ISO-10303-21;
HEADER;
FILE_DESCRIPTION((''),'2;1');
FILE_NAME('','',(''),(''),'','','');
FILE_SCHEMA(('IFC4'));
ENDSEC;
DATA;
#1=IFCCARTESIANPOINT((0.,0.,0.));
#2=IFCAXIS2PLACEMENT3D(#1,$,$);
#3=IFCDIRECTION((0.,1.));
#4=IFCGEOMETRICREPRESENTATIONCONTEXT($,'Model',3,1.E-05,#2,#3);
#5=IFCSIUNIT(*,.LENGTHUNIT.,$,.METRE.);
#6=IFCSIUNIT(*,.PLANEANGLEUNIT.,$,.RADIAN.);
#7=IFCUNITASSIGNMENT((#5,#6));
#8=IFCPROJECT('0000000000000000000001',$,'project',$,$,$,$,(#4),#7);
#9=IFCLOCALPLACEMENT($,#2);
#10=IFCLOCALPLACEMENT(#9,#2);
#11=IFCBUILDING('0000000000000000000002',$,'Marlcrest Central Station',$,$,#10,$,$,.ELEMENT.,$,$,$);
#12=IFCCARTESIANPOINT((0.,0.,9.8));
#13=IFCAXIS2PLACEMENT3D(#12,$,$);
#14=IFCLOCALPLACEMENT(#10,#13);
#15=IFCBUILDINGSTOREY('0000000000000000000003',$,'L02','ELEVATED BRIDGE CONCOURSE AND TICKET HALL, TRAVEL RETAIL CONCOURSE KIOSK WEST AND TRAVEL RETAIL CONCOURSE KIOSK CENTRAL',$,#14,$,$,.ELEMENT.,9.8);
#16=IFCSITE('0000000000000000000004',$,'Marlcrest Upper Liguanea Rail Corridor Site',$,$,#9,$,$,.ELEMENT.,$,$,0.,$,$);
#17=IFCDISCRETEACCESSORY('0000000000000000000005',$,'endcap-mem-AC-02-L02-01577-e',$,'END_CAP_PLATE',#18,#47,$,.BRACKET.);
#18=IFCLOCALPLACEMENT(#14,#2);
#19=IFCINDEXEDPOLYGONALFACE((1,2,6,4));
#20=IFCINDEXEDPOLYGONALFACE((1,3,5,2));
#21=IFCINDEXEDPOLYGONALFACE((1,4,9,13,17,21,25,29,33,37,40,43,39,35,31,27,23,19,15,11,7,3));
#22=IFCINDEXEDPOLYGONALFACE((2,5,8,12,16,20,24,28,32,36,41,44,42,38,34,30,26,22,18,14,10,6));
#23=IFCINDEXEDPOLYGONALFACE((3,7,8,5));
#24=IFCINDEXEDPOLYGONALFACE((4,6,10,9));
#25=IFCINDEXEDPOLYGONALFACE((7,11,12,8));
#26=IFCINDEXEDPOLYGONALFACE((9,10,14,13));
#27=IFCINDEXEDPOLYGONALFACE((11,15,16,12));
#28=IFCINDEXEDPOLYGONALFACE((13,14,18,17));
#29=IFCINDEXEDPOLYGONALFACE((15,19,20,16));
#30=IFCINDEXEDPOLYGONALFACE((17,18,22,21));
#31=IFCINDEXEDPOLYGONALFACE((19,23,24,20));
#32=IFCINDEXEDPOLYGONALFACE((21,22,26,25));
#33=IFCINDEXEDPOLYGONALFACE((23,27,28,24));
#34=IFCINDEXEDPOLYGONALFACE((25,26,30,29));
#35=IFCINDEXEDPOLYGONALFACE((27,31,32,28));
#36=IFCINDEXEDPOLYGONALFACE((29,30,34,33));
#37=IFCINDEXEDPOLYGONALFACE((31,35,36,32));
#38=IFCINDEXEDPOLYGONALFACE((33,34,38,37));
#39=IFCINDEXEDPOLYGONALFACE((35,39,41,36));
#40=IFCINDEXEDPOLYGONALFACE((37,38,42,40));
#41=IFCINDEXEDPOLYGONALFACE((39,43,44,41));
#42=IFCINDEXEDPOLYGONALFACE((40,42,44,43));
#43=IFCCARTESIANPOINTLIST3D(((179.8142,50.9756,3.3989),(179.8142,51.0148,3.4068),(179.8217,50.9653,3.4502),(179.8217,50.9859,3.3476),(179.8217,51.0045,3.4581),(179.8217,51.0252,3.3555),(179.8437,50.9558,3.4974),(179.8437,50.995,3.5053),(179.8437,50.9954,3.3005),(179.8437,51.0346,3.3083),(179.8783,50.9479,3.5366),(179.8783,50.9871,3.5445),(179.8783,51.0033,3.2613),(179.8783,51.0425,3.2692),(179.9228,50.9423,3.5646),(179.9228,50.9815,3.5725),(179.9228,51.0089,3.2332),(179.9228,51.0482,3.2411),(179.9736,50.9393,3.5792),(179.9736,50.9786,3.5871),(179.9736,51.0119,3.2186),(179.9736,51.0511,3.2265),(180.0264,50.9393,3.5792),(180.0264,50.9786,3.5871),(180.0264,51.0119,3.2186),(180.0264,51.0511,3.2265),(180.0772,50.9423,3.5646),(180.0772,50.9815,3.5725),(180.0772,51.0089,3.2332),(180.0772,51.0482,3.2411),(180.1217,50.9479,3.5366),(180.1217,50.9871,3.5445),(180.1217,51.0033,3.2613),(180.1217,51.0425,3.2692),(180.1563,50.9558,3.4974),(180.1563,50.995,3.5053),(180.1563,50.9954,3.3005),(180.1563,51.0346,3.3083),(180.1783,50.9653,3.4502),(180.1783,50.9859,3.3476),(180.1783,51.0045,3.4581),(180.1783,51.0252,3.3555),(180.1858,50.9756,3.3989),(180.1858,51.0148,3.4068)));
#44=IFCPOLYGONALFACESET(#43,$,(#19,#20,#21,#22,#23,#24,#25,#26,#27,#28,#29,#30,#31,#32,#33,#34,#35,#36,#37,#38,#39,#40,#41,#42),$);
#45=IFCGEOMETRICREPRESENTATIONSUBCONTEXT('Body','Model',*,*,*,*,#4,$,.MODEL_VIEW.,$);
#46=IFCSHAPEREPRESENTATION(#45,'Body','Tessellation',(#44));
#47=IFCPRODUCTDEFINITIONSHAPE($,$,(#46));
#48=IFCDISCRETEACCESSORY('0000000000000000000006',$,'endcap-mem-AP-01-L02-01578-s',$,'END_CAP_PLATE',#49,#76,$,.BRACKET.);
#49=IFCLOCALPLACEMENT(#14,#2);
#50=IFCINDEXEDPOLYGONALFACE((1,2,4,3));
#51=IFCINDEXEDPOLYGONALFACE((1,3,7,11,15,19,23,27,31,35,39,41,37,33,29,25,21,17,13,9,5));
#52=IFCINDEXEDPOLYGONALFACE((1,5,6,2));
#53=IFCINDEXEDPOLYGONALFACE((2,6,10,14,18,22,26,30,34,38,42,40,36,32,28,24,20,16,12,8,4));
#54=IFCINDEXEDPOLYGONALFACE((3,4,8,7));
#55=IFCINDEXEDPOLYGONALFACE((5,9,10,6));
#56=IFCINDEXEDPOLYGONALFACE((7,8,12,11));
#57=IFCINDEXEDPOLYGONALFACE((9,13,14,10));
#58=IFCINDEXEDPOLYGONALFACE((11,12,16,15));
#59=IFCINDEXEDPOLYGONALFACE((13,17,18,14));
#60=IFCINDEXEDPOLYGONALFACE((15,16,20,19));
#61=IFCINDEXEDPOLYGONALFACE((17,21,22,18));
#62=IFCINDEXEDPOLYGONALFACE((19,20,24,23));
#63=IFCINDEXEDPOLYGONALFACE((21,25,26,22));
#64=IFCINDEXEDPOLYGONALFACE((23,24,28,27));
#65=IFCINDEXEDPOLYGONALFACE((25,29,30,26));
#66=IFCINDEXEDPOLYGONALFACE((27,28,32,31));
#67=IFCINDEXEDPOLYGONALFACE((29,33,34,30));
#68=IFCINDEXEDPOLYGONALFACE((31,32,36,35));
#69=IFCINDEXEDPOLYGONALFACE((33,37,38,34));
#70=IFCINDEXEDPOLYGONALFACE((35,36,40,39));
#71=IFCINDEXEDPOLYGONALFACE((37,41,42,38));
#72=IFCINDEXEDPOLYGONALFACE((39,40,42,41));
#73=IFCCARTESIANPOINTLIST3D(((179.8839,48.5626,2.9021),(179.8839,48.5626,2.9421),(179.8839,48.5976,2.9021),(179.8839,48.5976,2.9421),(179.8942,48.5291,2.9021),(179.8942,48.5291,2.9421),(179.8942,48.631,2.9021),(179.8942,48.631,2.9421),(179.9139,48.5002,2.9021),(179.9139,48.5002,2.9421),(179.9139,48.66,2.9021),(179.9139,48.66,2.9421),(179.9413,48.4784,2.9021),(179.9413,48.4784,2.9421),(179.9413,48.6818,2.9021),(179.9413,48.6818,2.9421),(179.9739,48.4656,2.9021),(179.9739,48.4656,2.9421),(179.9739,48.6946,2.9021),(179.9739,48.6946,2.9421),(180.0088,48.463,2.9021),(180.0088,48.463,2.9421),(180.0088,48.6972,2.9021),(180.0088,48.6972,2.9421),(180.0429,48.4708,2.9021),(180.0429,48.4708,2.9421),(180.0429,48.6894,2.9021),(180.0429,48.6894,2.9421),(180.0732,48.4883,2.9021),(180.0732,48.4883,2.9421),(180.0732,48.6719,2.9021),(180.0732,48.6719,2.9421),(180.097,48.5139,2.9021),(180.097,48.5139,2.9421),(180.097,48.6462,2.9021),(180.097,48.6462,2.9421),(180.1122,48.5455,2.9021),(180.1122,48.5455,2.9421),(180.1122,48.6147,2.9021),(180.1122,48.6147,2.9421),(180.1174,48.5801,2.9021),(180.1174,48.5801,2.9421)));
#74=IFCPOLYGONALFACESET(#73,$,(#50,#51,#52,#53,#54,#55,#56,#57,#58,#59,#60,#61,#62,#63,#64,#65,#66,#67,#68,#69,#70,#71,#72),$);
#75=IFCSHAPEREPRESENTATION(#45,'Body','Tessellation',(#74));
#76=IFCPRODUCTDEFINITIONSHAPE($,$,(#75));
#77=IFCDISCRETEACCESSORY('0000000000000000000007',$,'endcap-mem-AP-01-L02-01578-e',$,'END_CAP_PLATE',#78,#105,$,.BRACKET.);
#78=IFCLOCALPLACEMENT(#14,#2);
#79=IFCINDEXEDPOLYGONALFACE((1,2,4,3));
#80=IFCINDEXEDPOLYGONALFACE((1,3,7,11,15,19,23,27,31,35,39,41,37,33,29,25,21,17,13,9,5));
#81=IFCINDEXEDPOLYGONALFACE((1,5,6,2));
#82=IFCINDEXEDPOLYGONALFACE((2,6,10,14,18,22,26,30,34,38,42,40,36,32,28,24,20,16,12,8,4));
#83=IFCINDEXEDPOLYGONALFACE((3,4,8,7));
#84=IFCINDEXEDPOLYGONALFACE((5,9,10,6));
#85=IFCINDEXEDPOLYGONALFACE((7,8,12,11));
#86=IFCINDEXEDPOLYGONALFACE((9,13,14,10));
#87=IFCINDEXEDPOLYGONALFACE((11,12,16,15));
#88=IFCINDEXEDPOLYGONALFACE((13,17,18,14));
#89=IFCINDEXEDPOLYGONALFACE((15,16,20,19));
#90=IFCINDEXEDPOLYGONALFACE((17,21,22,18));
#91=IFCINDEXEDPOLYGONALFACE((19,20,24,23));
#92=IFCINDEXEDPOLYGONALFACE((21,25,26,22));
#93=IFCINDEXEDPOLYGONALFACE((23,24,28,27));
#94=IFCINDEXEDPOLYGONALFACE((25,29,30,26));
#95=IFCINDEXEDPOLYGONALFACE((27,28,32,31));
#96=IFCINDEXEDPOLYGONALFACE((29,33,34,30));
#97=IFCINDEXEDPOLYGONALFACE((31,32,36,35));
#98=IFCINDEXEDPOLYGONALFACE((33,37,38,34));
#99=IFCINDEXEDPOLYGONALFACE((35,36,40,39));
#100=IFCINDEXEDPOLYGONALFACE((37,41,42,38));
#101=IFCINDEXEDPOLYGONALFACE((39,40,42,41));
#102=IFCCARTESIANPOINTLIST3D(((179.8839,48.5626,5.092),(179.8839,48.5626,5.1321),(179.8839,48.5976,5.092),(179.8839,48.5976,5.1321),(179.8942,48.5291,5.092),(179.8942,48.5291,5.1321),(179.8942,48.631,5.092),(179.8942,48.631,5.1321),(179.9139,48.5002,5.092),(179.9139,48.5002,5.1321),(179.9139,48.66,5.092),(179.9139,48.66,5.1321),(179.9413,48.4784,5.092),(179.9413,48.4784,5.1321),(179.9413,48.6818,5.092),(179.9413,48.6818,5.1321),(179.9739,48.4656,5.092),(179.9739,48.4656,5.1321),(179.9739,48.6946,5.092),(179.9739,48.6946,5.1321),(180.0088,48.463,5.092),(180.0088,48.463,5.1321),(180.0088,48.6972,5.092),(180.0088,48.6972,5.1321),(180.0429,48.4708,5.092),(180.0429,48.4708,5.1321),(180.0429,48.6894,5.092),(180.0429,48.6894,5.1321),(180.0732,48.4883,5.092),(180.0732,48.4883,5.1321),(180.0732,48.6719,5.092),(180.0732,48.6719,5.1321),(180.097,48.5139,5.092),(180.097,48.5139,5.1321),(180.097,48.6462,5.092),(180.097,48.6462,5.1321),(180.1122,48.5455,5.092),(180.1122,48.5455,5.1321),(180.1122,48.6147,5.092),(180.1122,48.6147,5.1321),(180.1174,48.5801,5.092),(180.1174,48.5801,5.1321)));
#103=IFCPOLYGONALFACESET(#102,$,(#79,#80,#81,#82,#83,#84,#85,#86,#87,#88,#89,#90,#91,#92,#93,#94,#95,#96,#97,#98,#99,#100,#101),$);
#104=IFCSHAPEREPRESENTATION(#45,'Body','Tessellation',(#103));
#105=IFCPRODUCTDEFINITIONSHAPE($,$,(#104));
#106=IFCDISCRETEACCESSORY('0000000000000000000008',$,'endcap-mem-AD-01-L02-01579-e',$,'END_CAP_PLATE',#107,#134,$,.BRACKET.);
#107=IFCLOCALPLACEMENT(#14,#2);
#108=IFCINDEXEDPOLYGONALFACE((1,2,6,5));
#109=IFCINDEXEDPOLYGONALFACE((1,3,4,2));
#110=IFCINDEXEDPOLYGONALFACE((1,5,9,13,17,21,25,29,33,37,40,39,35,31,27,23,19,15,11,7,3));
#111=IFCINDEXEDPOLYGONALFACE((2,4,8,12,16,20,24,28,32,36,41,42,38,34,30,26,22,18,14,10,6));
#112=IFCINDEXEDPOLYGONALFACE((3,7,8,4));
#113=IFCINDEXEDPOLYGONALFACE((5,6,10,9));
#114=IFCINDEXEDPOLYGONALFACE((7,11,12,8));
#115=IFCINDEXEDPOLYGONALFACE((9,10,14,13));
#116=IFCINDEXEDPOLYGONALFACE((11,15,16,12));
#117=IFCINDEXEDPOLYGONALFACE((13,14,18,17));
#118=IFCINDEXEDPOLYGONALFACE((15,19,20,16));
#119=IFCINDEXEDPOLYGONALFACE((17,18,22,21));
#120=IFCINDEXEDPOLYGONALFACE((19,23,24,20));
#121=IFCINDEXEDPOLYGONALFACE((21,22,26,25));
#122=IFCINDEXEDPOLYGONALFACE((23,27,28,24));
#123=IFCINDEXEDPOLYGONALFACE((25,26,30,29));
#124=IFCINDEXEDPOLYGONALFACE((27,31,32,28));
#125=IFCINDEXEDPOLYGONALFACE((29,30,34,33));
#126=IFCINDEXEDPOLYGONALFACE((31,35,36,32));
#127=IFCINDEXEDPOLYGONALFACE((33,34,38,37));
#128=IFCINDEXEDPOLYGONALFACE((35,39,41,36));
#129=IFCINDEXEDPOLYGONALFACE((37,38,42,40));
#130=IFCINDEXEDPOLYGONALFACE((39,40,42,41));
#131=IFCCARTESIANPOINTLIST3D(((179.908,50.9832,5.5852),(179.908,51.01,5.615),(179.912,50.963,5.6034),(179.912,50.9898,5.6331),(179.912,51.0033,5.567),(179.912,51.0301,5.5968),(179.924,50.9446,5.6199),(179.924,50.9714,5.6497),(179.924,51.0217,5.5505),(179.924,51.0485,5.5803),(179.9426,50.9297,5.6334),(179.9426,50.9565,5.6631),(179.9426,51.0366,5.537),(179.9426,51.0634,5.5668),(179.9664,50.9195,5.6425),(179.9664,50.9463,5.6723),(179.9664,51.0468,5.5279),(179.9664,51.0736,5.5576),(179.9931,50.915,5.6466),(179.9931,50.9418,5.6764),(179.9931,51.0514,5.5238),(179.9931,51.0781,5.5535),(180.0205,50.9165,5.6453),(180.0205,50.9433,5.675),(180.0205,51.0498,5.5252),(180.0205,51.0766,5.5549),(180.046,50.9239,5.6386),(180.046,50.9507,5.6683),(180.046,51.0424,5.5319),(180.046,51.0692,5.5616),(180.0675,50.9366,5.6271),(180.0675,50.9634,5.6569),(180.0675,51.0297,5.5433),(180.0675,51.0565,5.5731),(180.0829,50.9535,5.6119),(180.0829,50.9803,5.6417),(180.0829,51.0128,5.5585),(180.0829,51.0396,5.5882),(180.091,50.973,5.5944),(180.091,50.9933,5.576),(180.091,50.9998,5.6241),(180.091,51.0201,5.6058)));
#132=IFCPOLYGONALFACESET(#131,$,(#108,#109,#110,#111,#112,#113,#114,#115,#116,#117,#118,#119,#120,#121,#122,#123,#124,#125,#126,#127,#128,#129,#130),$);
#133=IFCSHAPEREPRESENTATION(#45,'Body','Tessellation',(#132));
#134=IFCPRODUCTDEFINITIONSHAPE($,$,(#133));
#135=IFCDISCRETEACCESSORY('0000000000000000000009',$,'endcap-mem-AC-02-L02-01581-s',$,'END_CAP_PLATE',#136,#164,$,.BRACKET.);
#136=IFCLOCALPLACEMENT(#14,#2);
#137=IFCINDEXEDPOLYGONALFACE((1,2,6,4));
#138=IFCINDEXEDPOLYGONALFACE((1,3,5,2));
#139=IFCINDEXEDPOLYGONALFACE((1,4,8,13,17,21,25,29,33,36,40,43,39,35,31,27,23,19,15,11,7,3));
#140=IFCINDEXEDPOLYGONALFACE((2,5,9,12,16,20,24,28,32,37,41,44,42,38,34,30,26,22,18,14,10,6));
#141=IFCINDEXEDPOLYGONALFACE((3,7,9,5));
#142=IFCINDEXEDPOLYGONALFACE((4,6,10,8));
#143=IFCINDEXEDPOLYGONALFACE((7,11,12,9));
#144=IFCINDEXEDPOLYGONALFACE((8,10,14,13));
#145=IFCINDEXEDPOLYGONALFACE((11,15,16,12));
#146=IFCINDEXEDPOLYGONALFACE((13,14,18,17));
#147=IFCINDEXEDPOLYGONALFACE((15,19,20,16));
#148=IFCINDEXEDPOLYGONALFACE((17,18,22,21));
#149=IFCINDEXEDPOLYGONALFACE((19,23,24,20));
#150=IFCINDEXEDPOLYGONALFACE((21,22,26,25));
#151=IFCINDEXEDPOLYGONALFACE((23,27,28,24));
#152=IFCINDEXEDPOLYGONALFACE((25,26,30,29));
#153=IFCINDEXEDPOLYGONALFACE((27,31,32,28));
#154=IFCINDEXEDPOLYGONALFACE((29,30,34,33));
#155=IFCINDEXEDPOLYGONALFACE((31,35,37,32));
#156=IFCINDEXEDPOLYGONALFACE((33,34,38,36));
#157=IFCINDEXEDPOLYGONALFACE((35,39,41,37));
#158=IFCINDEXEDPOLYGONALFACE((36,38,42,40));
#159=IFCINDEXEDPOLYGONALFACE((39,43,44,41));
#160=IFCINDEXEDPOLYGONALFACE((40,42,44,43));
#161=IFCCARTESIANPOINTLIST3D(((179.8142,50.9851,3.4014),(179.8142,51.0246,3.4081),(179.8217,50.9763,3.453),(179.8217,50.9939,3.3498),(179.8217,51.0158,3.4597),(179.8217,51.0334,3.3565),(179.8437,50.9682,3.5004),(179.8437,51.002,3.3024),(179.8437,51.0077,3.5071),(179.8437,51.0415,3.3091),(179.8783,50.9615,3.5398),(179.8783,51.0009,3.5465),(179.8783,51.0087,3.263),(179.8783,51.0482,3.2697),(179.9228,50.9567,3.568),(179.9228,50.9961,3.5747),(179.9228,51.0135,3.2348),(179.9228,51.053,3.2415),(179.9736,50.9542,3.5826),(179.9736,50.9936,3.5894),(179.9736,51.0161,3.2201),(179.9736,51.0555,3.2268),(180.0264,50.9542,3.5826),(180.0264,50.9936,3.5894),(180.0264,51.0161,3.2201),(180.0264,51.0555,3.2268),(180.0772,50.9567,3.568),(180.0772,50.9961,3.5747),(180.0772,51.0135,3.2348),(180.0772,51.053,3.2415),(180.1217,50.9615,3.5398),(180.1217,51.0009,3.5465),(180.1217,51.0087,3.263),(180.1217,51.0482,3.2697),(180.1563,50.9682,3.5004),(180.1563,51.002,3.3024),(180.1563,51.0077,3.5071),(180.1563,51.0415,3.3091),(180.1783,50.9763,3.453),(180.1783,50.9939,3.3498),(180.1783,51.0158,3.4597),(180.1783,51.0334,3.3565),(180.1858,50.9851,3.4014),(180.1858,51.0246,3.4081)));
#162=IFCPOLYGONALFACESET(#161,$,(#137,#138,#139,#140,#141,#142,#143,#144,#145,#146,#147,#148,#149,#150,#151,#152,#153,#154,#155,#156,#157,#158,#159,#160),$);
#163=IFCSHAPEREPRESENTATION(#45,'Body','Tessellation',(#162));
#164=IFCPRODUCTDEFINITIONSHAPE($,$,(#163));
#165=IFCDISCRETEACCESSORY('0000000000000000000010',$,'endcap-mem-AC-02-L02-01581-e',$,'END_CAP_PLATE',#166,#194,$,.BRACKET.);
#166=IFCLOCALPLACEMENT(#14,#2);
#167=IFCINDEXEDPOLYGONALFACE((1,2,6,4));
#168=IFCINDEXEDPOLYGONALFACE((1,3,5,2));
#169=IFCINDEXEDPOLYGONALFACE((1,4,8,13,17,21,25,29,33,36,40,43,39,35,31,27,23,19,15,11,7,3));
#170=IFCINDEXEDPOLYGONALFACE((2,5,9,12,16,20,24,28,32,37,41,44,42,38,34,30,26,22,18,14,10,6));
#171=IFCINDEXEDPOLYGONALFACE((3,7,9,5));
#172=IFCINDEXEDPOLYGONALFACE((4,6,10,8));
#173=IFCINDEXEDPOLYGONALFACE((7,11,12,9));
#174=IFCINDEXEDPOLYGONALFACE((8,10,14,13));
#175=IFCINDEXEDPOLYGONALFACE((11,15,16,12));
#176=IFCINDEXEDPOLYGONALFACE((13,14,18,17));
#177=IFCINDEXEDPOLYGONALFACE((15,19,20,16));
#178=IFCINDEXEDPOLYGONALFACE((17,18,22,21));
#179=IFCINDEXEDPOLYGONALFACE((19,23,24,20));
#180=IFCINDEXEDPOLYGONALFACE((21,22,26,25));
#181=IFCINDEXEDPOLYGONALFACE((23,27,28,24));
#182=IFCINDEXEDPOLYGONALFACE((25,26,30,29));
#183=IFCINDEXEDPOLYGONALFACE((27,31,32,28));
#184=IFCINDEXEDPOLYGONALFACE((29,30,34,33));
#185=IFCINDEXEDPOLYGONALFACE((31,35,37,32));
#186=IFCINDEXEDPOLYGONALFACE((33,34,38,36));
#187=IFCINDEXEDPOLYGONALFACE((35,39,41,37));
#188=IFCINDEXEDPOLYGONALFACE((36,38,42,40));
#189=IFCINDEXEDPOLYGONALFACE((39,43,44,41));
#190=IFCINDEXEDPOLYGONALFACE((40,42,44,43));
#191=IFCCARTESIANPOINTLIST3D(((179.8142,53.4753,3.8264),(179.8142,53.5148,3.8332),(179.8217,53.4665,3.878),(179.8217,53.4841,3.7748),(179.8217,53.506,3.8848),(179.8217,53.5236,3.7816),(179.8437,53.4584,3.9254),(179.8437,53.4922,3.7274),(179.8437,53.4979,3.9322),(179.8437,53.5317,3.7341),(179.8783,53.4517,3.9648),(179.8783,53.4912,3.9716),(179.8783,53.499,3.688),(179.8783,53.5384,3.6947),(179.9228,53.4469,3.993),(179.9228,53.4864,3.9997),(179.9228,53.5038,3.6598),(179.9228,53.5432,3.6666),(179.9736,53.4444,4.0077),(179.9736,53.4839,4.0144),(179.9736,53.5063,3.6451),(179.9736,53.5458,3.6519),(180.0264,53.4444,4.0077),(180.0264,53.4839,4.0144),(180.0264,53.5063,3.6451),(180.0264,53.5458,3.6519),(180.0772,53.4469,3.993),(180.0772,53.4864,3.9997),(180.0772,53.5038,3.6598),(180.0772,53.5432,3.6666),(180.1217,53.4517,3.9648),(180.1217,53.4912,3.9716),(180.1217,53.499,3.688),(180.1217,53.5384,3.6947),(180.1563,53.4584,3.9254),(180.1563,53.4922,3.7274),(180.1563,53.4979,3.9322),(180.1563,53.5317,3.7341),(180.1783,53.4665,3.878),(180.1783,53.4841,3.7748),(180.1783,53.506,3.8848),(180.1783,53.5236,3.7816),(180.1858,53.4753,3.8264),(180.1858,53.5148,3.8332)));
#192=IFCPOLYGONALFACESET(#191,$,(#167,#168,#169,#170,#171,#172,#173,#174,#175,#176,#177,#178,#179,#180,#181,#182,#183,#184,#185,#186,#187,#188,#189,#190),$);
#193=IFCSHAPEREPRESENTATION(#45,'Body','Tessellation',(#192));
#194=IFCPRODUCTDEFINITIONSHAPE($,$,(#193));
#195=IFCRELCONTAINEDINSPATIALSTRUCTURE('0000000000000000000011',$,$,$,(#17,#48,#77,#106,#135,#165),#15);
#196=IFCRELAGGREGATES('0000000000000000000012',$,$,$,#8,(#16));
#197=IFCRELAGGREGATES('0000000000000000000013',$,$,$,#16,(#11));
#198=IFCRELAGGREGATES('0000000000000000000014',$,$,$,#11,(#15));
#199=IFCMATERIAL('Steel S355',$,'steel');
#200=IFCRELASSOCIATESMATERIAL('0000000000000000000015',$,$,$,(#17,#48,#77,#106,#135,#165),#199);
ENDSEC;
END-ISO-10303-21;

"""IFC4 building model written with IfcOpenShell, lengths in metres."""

from ifc_helpers import new_model, si_unit, direction, frame, origin, origin_2d, place, context, subcontext, project, spatial, circle, extrude, material, element, save


model = new_model("IFC4")

# Units and contexts
model_context = context("Model", 3, precision=1e-05, world=origin(), true_north=direction((0.0, 1.0)))
body_context = subcontext(model_context, "Body", "Model", "MODEL_VIEW")
ifc_project = project(units=[si_unit("LENGTHUNIT", "METRE"), si_unit("PLANEANGLEUNIT", "RADIAN")], contexts=[model_context])

# Site, building, storey
site_placement = place(None, origin())
site = spatial("IfcSite", under=ifc_project, at=site_placement, Name="Marlcrest Upper Liguanea Rail Corridor Site", CompositionType="ELEMENT", RefElevation=0.0)
building_placement = place(site_placement, origin())
building = spatial("IfcBuilding", under=site, at=building_placement, Name="Marlcrest Central Station", CompositionType="ELEMENT")
storey_placement = place(building_placement, frame((0.0, 0.0, 9.8)))
storey = spatial("IfcBuildingStorey", under=building, at=storey_placement, Name="L02", Description="ELEVATED BRIDGE CONCOURSE AND TICKET HALL, TRAVEL RETAIL CONCOURSE KIOSK WEST AND TRAVEL RETAIL CONCOURSE KIOSK CENTRAL", CompositionType="ELEMENT", Elevation=9.8)

# Shared definitions
ifc_material = material(Name="Steel S355", Category="steel")

# Discrete accessories
discrete_accessory_1_placement = place(storey_placement, frame((180.0, 50.9756, 3.3989), z_axis=(0.0, 0.980359, 0.197219), x_axis=(-1.0, 0.0, 0.0)))
element("IfcDiscreteAccessory", 1, at=discrete_accessory_1_placement, inside=storey, material=ifc_material, Name="endcap-mem-AC-02-L02-01577-e", ObjectType="END_CAP_PLATE", PredefinedType="BRACKET", context=body_context, shape_type="SweptSolid", body=[
    extrude(circle(Radius=0.1858, at=origin_2d()), origin(), (0.0, 0.0, 1.0), 0.04),
])
for number, where, z_axis, x_axis, name in (
    (2, (180.0, 48.5801, 2.9021), (0.0, 0.0, 1.0), (1.0, 0.0, 0.0), "endcap-mem-AP-01-L02-01578-s"),
    (3, (180.0, 48.5801, 5.092), (0.0, 0.0, 1.0), (1.0, 0.0, 0.0), "endcap-mem-AP-01-L02-01578-e"),
):
    element("IfcDiscreteAccessory", number, at=place(storey_placement, frame(where, z_axis=z_axis, x_axis=x_axis)), inside=storey, material=ifc_material, Name=name, ObjectType="END_CAP_PLATE", PredefinedType="BRACKET", context=body_context, shape_type="SweptSolid", body=[
        extrude(circle(Radius=0.1174, at=origin_2d()), origin(), (0.0, 0.0, 1.0), 0.04),
    ])
discrete_accessory_2_placement = place(storey_placement, frame((180.0, 50.9832, 5.5852), z_axis=(0.0, 0.669244, 0.743042), x_axis=(-1.0, 0.0, 0.0)))
element("IfcDiscreteAccessory", 4, at=discrete_accessory_2_placement, inside=storey, material=ifc_material, Name="endcap-mem-AD-01-L02-01579-e", ObjectType="END_CAP_PLATE", PredefinedType="BRACKET", context=body_context, shape_type="SweptSolid", body=[
    extrude(circle(Radius=0.092, at=origin_2d()), origin(), (0.0, 0.0, 1.0), 0.04),
])
for number, where, z_axis, x_axis, name in (
    (5, (180.0, 50.9851, 3.4014), (0.0, 0.985741, 0.168269), (-1.0, 0.0, 0.0), "endcap-mem-AC-02-L02-01581-s"),
    (6, (180.0, 53.4753, 3.8264), (0.0, 0.985741, 0.168269), (-1.0, 0.0, 0.0), "endcap-mem-AC-02-L02-01581-e"),
):
    element("IfcDiscreteAccessory", number, at=place(storey_placement, frame(where, z_axis=z_axis, x_axis=x_axis)), inside=storey, material=ifc_material, Name=name, ObjectType="END_CAP_PLATE", PredefinedType="BRACKET", context=body_context, shape_type="SweptSolid", body=[
        extrude(circle(Radius=0.1858, at=origin_2d()), origin(), (0.0, 0.0, 1.0), 0.04),
    ])

save(model, "model.ifc")
